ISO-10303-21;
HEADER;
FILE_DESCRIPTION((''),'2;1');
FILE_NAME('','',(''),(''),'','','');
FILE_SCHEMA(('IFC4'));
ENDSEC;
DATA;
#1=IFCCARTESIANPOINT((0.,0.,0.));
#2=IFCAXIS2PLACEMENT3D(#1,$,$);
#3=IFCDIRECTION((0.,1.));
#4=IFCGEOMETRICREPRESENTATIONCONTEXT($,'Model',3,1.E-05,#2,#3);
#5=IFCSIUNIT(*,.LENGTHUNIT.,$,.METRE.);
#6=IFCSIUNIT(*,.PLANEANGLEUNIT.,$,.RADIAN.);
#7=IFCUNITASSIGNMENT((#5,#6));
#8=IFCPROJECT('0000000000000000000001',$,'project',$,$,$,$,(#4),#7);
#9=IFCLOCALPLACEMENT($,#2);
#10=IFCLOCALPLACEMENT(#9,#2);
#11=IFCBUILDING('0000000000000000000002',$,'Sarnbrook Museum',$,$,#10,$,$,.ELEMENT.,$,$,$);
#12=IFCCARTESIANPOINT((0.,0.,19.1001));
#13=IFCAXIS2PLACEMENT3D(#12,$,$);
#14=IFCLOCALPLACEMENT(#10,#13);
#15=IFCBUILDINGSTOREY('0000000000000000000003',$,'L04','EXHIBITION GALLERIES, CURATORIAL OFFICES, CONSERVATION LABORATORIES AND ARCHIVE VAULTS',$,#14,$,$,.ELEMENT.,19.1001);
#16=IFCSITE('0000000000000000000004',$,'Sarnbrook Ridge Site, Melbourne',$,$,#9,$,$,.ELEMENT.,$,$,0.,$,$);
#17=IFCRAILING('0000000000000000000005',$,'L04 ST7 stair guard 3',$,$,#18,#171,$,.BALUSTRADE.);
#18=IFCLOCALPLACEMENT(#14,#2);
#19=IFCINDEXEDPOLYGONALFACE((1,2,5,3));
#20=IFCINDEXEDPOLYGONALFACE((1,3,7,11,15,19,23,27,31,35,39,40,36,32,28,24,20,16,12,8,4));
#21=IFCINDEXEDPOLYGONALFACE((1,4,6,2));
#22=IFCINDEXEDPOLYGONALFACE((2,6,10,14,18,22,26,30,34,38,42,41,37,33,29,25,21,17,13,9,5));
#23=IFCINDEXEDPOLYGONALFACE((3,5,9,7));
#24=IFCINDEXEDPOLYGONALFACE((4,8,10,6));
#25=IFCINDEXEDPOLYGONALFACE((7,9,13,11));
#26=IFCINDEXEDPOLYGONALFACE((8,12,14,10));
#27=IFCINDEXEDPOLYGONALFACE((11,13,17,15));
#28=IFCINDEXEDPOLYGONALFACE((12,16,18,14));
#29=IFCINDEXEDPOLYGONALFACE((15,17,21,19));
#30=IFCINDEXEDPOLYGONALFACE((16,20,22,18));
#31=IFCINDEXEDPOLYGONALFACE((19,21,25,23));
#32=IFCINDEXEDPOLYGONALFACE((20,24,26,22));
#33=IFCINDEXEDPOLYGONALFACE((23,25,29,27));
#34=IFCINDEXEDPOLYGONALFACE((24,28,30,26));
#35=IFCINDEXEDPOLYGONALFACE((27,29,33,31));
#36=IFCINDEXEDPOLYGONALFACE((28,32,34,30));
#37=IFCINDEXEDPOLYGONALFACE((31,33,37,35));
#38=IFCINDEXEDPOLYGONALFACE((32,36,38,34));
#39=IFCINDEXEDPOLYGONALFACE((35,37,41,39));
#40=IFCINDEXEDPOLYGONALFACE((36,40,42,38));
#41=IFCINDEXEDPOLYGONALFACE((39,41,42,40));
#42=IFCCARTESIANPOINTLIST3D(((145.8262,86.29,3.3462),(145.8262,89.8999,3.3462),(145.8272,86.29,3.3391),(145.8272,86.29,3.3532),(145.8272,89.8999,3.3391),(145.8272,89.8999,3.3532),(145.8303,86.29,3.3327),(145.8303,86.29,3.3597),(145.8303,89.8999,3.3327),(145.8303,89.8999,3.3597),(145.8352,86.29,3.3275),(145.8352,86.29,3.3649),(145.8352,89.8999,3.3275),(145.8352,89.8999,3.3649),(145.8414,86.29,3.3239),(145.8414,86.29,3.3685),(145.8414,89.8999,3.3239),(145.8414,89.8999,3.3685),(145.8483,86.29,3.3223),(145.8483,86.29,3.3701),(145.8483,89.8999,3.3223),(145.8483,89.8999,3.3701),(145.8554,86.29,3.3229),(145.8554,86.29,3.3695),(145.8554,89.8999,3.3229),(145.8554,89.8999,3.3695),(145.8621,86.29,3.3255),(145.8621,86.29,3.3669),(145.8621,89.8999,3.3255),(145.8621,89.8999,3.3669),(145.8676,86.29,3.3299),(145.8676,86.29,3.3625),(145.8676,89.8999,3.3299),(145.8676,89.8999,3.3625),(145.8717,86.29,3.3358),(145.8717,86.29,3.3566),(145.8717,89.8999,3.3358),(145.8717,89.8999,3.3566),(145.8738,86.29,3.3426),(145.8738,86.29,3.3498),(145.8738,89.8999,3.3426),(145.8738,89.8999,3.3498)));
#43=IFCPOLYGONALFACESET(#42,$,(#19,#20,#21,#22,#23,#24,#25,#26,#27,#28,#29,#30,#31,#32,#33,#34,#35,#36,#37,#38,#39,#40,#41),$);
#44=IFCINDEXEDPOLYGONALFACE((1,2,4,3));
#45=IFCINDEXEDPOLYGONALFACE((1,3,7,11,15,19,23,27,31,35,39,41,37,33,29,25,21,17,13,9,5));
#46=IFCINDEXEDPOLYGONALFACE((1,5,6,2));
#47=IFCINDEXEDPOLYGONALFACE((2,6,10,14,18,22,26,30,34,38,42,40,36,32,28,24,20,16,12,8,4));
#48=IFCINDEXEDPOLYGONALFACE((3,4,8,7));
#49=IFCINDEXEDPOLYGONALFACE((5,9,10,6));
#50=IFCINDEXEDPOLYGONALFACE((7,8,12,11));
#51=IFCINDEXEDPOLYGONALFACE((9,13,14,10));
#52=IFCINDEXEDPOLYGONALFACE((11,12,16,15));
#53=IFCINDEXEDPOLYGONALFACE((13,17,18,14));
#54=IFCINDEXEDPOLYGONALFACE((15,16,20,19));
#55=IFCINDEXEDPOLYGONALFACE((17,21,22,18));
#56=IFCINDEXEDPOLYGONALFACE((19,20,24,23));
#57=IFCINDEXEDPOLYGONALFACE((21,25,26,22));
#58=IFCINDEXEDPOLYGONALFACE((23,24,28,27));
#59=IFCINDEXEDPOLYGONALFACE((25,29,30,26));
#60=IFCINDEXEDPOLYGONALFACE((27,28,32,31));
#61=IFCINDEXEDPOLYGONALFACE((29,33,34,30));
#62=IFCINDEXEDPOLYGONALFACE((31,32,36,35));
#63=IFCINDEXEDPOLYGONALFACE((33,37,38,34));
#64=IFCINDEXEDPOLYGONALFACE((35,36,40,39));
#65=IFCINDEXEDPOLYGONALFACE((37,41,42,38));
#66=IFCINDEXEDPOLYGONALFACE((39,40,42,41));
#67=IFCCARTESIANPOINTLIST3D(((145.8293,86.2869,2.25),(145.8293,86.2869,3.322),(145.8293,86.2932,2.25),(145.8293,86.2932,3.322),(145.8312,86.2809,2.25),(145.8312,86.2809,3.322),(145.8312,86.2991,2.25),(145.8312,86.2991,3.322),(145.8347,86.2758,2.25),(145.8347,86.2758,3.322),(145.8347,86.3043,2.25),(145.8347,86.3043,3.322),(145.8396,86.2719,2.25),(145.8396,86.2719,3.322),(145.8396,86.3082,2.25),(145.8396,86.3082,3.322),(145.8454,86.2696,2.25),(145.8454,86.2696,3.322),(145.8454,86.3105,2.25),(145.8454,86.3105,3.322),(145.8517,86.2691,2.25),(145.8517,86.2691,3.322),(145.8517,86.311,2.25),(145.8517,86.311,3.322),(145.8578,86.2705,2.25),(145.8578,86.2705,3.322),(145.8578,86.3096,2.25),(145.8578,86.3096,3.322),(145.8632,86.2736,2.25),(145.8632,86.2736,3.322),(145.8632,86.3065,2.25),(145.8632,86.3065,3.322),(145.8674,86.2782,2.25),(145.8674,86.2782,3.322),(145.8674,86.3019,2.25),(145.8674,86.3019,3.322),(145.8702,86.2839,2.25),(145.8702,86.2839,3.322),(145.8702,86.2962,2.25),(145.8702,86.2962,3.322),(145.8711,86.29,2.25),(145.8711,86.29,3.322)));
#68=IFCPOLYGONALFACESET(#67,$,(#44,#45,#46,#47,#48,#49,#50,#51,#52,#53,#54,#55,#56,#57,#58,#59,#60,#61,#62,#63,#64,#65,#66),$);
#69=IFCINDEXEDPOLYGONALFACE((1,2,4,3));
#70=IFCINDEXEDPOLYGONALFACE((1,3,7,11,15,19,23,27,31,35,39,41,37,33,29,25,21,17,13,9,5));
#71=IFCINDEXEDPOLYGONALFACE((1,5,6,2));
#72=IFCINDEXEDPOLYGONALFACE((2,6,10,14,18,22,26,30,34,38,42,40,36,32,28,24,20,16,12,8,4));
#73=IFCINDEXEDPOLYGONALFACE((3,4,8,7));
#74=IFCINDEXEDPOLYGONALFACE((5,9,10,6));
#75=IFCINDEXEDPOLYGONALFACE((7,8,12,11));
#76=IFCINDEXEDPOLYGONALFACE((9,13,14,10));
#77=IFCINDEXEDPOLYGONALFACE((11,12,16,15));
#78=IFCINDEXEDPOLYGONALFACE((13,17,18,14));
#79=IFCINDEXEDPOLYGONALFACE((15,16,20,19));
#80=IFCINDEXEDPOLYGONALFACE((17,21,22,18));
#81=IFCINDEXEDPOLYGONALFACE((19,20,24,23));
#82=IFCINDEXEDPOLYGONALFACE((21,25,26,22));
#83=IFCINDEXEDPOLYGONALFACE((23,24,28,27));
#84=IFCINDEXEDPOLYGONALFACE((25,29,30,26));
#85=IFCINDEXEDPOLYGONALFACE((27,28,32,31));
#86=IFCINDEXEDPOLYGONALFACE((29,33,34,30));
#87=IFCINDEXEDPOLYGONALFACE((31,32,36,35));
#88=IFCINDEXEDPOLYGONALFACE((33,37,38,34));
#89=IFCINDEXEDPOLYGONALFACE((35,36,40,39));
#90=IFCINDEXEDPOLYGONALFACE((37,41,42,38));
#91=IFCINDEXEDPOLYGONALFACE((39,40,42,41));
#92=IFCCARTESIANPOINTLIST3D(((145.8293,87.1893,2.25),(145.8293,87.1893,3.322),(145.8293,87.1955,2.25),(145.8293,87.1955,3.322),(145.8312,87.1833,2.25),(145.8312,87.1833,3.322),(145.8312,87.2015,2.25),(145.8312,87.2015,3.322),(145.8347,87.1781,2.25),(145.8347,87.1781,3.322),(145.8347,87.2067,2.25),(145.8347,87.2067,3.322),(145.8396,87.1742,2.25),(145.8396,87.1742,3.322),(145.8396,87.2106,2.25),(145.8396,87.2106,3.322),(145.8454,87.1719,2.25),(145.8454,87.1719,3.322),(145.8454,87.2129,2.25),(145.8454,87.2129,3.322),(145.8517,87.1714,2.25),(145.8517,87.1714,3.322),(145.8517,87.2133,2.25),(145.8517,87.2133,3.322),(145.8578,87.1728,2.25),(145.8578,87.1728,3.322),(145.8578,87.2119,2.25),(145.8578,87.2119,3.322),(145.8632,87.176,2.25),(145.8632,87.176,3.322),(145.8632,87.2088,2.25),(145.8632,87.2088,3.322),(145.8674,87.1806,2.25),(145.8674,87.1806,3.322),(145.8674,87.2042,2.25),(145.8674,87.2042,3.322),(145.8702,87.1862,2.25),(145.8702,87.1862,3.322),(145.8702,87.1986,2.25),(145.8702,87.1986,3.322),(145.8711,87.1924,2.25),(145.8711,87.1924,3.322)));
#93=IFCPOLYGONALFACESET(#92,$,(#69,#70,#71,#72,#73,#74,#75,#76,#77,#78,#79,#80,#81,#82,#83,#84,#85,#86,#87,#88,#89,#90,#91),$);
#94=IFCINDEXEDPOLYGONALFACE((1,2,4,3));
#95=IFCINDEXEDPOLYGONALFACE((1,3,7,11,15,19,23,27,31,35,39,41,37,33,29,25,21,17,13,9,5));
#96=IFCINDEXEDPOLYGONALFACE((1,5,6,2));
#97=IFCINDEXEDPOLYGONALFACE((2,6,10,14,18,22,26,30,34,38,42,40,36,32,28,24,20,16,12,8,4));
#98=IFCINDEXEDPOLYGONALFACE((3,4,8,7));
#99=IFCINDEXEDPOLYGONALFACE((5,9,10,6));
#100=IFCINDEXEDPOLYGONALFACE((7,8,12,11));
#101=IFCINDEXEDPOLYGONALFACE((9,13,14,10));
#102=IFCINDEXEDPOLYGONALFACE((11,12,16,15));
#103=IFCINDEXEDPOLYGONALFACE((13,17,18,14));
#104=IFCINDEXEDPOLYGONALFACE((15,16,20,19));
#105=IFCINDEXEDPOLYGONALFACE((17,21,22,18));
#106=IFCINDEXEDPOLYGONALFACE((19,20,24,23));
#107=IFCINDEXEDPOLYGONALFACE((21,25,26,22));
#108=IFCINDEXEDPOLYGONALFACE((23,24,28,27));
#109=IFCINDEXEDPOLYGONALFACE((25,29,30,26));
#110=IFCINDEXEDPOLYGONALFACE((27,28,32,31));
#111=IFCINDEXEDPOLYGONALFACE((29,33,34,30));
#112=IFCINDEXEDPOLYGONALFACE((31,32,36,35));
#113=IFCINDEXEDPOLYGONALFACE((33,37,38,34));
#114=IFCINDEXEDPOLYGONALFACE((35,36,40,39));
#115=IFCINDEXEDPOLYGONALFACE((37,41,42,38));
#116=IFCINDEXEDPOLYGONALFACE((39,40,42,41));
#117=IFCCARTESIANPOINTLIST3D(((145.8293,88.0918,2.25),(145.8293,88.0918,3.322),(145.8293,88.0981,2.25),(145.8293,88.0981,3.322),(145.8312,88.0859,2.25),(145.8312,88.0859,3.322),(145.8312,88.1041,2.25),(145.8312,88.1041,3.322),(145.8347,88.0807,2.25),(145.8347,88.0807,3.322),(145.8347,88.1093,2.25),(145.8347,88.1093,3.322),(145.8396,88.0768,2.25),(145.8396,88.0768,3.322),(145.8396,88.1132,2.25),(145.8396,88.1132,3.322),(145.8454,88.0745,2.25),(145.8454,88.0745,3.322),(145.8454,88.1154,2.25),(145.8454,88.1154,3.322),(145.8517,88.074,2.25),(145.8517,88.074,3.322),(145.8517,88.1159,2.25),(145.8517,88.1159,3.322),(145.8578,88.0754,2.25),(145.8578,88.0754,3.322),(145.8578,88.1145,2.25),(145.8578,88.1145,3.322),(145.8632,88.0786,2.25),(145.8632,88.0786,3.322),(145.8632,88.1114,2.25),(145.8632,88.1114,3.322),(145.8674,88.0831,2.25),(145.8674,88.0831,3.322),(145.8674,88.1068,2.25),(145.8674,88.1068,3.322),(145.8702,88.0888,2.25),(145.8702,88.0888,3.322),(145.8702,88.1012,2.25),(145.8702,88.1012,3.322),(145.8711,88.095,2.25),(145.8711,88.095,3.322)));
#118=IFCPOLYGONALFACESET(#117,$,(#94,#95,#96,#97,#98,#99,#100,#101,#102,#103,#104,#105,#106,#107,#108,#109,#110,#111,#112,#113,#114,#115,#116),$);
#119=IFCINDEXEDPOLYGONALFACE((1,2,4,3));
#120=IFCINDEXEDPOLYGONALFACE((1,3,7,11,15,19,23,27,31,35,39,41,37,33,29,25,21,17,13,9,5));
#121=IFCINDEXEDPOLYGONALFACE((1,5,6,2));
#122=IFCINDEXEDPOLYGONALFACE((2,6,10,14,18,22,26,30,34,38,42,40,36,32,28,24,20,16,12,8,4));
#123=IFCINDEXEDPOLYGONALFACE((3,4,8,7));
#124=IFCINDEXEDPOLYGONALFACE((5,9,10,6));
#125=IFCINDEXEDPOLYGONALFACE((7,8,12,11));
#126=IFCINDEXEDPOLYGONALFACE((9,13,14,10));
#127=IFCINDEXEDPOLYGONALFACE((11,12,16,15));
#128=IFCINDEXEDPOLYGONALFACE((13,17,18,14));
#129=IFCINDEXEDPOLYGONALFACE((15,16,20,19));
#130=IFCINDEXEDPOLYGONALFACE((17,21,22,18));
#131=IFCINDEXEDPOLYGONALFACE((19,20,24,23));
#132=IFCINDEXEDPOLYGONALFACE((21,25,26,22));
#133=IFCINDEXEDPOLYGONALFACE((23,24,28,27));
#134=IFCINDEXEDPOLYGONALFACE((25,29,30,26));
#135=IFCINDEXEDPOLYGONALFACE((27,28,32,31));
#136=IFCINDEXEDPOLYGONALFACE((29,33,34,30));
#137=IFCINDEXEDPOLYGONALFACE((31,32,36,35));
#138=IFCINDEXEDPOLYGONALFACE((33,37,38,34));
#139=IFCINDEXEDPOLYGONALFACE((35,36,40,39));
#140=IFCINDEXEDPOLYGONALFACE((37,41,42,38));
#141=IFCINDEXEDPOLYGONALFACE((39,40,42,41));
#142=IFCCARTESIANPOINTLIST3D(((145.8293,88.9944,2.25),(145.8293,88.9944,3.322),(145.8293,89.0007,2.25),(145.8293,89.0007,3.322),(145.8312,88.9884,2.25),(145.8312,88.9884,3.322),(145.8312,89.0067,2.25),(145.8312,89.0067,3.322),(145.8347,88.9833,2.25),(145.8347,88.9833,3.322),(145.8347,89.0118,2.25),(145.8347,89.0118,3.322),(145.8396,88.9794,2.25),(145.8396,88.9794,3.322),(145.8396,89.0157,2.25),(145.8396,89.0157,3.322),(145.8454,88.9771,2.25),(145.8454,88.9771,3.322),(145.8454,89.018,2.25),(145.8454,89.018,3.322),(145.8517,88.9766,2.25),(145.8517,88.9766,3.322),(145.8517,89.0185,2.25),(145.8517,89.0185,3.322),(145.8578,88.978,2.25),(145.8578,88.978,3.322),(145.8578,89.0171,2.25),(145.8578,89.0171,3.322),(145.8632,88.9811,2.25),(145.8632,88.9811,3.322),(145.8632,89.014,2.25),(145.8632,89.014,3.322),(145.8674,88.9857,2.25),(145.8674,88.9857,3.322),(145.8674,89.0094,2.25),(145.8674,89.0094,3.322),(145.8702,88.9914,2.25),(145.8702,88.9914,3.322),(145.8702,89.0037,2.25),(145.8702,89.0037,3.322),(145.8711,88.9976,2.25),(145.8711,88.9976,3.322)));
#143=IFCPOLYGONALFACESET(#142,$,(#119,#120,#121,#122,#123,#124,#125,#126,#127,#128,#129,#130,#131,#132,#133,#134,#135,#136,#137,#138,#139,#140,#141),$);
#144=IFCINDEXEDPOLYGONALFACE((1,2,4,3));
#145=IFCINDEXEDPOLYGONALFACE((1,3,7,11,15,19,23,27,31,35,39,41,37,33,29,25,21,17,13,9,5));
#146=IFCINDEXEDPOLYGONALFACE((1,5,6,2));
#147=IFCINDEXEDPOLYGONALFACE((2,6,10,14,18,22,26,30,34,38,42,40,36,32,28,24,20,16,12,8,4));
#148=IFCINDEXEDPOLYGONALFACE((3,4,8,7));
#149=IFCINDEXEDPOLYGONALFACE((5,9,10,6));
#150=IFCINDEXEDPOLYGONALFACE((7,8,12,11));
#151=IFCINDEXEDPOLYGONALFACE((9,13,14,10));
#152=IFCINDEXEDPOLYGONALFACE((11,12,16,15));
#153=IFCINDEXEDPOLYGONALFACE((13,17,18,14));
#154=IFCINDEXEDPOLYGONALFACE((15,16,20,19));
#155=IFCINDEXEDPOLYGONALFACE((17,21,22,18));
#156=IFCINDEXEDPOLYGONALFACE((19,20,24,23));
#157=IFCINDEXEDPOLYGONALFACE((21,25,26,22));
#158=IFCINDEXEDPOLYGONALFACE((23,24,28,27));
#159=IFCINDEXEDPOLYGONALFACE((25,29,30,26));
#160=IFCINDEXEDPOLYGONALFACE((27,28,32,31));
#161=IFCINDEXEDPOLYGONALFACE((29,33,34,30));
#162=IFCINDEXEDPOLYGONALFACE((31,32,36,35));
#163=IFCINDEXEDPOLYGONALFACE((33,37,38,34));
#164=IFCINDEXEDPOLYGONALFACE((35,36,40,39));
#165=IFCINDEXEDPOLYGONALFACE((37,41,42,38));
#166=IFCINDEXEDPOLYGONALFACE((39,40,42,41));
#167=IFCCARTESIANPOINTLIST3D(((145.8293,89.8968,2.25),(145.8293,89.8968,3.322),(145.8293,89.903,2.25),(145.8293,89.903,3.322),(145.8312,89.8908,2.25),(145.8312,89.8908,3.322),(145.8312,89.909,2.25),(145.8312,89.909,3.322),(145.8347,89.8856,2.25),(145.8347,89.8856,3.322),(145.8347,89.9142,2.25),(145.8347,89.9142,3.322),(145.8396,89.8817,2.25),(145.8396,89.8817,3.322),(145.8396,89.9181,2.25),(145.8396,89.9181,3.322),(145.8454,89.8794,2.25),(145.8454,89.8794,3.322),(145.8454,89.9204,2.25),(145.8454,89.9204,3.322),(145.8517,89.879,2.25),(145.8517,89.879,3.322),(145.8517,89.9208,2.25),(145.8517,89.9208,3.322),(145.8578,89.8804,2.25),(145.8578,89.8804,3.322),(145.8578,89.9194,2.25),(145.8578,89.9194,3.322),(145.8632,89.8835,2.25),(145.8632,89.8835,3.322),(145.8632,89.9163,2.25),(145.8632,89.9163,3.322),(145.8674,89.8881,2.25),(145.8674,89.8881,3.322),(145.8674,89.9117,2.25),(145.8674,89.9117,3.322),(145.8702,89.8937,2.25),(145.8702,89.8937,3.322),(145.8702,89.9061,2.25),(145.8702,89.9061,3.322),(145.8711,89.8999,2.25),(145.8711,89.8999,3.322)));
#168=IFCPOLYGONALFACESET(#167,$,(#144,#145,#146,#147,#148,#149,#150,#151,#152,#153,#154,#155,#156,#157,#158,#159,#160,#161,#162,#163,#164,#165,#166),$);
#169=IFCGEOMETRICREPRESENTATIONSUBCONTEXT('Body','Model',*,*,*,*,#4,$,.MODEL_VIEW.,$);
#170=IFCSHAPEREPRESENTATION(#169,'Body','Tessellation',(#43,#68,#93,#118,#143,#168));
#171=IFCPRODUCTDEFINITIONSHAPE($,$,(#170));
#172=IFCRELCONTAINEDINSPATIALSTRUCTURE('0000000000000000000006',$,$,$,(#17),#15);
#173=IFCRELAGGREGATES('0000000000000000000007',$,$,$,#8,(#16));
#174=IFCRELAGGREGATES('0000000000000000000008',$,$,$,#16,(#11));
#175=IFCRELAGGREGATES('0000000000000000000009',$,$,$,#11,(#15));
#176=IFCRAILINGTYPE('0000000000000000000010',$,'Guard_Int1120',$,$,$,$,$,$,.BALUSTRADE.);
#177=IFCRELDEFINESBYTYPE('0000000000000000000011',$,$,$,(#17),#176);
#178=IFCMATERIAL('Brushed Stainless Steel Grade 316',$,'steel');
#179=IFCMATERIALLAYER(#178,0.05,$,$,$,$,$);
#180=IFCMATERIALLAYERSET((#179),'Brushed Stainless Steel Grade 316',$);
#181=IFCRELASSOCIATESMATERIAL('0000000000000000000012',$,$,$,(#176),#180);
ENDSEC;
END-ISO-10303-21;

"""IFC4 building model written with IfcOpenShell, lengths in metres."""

from ifc_helpers import new_model, si_unit, direction, frame, origin, origin_2d, place, context, subcontext, project, spatial, circle, extrude, material, layer, layer_set, type_object, element, save


model = new_model("IFC4")

# Units and contexts
model_context = context("Model", 3, precision=1e-05, world=origin(), true_north=direction((0.0, 1.0)))
body_context = subcontext(model_context, "Body", "Model", "MODEL_VIEW")
ifc_project = project(units=[si_unit("LENGTHUNIT", "METRE"), si_unit("PLANEANGLEUNIT", "RADIAN")], contexts=[model_context])

# Site, building, storey
site_placement = place(None, origin())
site = spatial("IfcSite", under=ifc_project, at=site_placement, Name="Sarnbrook Ridge Site, Melbourne", CompositionType="ELEMENT", RefElevation=0.0)
building_placement = place(site_placement, origin())
building = spatial("IfcBuilding", under=site, at=building_placement, Name="Sarnbrook Museum", CompositionType="ELEMENT")
storey_placement = place(building_placement, frame((0.0, 0.0, 19.1001)))
storey = spatial("IfcBuildingStorey", under=building, at=storey_placement, Name="L04", Description="EXHIBITION GALLERIES, CURATORIAL OFFICES, CONSERVATION LABORATORIES AND ARCHIVE VAULTS", CompositionType="ELEMENT", Elevation=19.1001)

# Railing
ifc_material_1 = material(Name="Brushed Stainless Steel Grade 316", Category="steel")
ifc_layer_1 = layer(ifc_material_1, 0.05)
ifc_layer_set_1 = layer_set([ifc_layer_1], Name="Brushed Stainless Steel Grade 316")
railing_type = type_object("IfcRailingType", Name="Guard_Int1120", PredefinedType="BALUSTRADE", material=ifc_layer_set_1)
railing_1_placement = place(storey_placement, frame((145.8501, 86.29, 2.25)))
element("IfcRailing", 1, at=railing_1_placement, inside=storey, type_object=railing_type, Name="L04 ST7 stair guard 3", PredefinedType="BALUSTRADE", context=body_context, shape_type="SweptSolid", body=[
    extrude(circle(Radius=0.0239, at=origin_2d()), frame((0.0, 0.0, 1.0962), z_axis=(0.0, 1.0, 0.0), x_axis=(-1.0, 0.0, 0.0)), (0.0, 0.0, 1.0), 3.6099),
    extrude(circle(Radius=0.021, at=origin_2d()), origin(), (0.0, 0.0, 1.0), 1.072),
    extrude(circle(Radius=0.021, at=origin_2d()), frame((0.0, 0.9023, 0.0)), (0.0, 0.0, 1.0), 1.072),
    extrude(circle(Radius=0.021, at=origin_2d()), frame((0.0, 1.8049, 0.0)), (0.0, 0.0, 1.0), 1.072),
    extrude(circle(Radius=0.021, at=origin_2d()), frame((0.0, 2.7075, 0.0)), (0.0, 0.0, 1.0), 1.072),
    extrude(circle(Radius=0.021, at=origin_2d()), frame((0.0, 3.6099, 0.0)), (0.0, 0.0, 1.0), 1.072),
])

save(model, "model.ifc")
